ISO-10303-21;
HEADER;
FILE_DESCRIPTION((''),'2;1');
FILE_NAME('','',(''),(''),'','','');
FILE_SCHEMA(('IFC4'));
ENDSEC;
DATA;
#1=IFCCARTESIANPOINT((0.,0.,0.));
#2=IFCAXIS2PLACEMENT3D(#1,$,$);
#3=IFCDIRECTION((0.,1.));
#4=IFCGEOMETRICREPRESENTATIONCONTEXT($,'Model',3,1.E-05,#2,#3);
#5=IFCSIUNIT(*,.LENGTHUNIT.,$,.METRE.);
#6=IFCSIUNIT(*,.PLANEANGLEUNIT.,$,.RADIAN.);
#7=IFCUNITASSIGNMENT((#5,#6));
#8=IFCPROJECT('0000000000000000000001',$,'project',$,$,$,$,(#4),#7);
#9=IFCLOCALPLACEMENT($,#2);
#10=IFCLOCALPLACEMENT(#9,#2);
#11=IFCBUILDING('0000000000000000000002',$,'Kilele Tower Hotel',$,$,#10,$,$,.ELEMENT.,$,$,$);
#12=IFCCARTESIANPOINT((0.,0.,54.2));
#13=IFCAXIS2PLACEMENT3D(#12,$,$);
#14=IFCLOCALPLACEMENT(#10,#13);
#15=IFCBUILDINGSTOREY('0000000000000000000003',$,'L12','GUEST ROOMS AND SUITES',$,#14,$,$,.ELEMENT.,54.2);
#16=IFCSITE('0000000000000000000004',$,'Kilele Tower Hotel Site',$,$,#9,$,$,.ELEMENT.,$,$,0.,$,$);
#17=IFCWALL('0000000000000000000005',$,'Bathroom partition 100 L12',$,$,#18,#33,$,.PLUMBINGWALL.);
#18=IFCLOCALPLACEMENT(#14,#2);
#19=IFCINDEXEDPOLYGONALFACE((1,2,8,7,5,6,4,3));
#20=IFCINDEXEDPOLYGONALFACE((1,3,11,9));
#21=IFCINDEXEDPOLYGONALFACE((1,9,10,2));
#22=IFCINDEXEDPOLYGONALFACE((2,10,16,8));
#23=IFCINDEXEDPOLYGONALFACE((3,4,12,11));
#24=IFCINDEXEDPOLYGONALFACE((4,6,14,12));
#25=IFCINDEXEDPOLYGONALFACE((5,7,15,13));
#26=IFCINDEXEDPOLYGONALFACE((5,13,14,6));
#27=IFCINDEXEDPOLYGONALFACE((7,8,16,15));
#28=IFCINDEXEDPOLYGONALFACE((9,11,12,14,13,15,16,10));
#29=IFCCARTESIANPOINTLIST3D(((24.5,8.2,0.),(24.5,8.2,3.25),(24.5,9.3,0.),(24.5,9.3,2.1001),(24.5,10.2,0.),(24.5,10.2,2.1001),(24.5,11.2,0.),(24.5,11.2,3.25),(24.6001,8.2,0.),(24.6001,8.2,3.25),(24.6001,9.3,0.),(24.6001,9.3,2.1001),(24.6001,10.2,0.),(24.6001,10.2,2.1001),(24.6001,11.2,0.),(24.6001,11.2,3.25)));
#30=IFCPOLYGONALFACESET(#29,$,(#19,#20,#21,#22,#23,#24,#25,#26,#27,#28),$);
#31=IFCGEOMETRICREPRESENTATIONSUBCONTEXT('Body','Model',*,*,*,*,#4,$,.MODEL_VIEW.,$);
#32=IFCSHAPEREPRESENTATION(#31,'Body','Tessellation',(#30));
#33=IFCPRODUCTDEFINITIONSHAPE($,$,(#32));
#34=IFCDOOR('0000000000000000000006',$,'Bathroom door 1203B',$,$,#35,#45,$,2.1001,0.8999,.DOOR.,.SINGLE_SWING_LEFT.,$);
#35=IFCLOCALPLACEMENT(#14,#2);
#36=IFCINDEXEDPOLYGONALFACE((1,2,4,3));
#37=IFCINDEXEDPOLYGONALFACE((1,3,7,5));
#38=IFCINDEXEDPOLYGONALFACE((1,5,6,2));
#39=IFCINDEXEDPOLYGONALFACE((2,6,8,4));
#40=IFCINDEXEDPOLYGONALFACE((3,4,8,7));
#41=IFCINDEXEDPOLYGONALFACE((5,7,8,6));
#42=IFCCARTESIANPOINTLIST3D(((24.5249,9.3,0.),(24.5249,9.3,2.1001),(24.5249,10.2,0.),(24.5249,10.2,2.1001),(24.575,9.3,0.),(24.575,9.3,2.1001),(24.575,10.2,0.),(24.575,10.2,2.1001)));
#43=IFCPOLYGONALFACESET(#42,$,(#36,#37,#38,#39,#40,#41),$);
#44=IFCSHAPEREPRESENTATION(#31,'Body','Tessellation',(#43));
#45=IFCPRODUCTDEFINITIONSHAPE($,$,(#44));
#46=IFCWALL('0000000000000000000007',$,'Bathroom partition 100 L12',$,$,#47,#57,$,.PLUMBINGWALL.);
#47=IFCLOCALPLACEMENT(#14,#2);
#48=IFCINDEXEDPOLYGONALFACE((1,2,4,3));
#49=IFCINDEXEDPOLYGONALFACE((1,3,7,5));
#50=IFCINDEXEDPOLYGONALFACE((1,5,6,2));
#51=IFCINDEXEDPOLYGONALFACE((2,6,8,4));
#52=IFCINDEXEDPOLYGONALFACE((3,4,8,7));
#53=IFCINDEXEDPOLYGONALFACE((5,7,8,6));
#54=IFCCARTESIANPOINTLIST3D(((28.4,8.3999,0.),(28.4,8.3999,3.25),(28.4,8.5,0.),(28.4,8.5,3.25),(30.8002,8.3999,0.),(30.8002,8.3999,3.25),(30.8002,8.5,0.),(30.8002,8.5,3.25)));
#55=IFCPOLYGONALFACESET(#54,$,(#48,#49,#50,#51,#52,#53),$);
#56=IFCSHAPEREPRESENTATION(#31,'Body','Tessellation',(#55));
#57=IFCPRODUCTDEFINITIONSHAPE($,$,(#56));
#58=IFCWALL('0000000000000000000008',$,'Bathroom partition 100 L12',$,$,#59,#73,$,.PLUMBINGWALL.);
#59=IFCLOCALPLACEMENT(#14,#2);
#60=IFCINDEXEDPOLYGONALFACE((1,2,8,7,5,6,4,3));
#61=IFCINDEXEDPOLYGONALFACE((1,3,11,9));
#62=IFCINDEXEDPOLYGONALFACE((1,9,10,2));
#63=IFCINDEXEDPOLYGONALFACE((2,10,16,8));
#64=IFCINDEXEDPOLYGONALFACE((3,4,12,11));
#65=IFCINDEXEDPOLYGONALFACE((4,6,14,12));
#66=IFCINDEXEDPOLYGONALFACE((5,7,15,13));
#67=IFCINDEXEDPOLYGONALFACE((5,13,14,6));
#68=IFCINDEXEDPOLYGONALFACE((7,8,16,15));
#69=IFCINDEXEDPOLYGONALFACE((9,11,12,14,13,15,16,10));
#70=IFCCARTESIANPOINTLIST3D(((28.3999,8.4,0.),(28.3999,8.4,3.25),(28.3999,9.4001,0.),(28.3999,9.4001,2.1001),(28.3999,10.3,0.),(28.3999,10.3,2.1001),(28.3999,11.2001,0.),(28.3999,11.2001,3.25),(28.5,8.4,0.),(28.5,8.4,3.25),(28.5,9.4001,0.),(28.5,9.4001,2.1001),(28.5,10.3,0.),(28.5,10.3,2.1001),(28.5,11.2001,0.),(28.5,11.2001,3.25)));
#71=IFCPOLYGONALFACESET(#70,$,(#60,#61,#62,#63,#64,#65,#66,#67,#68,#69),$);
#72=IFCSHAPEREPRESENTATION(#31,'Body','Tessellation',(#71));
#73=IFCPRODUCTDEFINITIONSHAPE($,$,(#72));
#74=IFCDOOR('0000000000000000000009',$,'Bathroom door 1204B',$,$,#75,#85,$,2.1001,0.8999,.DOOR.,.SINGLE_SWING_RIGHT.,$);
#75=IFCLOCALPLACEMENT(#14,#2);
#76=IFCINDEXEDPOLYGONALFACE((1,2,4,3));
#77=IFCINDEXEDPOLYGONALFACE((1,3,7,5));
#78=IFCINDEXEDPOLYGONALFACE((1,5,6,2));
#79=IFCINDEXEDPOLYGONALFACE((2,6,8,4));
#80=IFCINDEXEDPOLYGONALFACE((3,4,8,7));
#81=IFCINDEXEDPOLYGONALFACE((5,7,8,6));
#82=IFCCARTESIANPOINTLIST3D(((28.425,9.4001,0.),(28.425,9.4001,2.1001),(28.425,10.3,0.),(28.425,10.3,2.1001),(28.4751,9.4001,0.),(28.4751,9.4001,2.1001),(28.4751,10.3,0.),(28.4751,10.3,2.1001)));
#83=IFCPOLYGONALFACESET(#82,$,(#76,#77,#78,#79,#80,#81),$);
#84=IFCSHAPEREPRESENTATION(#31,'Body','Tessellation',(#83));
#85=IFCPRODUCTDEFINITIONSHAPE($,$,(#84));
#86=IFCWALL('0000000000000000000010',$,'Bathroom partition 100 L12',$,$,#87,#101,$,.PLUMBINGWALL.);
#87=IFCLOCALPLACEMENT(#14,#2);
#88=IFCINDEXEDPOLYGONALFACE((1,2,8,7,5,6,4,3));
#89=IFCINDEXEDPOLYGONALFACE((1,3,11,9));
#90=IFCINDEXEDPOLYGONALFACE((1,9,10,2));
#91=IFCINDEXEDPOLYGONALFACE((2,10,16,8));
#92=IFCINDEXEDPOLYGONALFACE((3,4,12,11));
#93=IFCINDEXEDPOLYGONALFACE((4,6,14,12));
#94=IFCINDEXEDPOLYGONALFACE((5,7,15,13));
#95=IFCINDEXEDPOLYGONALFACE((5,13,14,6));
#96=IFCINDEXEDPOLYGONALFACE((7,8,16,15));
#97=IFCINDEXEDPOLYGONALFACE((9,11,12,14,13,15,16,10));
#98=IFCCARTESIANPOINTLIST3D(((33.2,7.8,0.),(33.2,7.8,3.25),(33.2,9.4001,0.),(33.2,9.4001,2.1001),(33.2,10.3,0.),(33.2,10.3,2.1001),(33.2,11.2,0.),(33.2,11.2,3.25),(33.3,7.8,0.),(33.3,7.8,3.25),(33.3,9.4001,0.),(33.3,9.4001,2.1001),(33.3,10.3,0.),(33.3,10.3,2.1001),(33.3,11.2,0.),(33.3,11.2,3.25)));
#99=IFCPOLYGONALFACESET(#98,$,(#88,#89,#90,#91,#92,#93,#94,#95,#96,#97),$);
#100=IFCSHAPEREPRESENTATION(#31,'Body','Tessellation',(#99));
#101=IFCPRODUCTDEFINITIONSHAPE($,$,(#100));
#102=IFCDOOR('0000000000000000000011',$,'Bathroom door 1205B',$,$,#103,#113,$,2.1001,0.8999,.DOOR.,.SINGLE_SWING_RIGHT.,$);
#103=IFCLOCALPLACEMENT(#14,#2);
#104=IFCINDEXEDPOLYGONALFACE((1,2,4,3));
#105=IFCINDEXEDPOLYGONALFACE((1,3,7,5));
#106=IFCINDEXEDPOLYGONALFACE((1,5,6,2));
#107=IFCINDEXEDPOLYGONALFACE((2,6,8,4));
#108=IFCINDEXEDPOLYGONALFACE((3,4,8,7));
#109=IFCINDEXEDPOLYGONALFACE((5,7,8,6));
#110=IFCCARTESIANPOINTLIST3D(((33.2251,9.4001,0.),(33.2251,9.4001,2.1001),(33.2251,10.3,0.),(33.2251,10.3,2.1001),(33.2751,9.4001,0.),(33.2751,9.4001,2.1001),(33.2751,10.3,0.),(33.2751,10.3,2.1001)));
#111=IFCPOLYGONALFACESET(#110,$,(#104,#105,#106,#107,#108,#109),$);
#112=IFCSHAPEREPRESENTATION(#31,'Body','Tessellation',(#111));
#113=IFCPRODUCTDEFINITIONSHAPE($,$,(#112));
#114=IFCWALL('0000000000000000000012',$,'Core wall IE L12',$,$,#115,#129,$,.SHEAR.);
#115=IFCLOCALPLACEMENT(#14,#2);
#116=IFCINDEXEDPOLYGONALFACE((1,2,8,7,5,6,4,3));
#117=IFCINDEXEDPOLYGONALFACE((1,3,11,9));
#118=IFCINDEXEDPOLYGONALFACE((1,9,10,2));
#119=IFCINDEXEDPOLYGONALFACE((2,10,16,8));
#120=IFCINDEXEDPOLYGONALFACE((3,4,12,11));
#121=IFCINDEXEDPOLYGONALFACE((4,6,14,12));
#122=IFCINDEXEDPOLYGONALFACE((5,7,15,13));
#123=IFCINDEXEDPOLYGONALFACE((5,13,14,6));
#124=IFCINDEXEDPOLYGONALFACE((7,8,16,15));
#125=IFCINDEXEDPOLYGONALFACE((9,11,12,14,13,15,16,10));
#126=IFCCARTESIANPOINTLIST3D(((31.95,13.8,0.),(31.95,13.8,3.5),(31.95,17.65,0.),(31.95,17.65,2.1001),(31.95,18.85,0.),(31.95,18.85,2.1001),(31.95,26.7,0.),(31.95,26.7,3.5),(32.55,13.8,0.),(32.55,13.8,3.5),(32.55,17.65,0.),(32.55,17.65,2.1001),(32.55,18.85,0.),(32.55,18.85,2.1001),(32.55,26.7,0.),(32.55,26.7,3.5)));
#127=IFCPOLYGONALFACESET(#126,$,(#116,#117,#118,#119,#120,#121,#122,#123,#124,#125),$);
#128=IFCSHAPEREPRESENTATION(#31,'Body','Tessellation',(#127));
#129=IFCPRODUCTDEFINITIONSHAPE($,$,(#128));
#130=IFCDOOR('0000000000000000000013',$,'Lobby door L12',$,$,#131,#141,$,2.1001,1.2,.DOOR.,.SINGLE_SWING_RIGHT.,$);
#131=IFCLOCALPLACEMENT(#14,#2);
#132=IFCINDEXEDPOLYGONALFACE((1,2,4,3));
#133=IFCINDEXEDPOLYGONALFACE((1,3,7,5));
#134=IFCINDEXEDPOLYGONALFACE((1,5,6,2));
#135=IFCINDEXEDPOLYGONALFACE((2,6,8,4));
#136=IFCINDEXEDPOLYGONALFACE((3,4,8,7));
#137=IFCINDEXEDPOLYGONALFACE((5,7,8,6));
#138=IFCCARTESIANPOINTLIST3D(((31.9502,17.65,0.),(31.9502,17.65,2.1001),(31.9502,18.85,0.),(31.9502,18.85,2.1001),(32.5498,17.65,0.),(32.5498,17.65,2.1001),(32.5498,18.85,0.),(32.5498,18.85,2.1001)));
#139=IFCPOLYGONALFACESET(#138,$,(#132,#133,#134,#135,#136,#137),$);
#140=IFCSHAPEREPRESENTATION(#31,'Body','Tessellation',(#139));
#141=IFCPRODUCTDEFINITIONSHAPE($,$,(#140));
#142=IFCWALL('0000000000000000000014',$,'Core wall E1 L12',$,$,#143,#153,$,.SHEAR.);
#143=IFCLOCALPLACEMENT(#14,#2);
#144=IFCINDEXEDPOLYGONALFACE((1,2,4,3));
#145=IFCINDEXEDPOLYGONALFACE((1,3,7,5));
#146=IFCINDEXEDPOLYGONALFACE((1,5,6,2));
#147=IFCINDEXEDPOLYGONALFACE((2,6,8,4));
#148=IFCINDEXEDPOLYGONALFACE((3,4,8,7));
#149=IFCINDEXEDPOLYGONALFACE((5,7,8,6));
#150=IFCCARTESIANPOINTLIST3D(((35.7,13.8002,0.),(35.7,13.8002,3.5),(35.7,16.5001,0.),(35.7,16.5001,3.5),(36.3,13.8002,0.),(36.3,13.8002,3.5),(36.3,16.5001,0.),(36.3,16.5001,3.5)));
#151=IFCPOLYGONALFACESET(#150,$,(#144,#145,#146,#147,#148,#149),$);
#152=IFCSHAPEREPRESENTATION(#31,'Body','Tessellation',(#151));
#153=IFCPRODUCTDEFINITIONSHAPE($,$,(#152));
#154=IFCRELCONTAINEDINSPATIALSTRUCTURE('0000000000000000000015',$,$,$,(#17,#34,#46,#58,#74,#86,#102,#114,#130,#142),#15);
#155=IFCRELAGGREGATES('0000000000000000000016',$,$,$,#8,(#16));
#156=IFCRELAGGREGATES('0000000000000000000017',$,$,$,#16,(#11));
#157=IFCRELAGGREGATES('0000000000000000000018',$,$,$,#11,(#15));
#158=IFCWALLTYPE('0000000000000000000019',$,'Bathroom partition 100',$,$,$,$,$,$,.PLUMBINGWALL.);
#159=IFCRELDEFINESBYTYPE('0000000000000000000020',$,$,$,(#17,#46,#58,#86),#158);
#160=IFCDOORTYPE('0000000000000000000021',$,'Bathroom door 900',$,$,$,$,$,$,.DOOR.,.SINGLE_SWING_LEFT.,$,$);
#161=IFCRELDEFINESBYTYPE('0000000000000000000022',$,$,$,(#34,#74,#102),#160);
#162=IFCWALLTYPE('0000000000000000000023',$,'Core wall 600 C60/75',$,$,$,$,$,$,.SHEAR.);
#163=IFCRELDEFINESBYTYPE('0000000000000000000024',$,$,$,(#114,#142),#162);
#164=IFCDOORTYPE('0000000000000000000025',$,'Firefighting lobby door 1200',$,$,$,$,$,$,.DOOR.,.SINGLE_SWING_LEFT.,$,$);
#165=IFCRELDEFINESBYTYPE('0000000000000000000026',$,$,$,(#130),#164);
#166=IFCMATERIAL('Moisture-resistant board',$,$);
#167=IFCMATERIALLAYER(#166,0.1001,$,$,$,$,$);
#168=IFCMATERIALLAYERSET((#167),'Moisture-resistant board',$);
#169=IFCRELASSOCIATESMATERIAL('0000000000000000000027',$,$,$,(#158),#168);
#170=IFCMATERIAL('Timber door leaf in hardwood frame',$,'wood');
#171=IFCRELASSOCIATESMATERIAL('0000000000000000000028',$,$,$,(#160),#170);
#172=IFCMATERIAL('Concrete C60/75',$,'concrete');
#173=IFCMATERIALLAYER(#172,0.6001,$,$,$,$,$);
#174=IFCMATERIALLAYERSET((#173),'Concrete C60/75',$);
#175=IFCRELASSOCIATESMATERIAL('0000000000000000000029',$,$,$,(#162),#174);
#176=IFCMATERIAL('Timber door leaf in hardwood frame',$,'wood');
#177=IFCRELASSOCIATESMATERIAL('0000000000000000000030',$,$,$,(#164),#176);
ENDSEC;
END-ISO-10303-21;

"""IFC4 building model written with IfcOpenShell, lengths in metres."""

from ifc_helpers import new_model, si_unit, direction, frame, frame_2d, origin, place, context, subcontext, project, spatial, rectangle, extrude, material, layer, layer_set, type_object, element, fill, save


model = new_model("IFC4")

# Units and contexts
model_context = context("Model", 3, precision=1e-05, world=origin(), true_north=direction((0.0, 1.0)))
body_context = subcontext(model_context, "Body", "Model", "MODEL_VIEW")
ifc_project = project(units=[si_unit("LENGTHUNIT", "METRE"), si_unit("PLANEANGLEUNIT", "RADIAN")], contexts=[model_context])

# Site, building, storey
site_placement = place(None, origin())
site = spatial("IfcSite", under=ifc_project, at=site_placement, Name="Kilele Tower Hotel Site", CompositionType="ELEMENT", RefElevation=0.0)
building_placement = place(site_placement, origin())
building = spatial("IfcBuilding", under=site, at=building_placement, Name="Kilele Tower Hotel", CompositionType="ELEMENT")
storey_placement = place(building_placement, frame((0.0, 0.0, 54.2)))
storey = spatial("IfcBuildingStorey", under=building, at=storey_placement, Name="L12", Description="GUEST ROOMS AND SUITES", CompositionType="ELEMENT", Elevation=54.2)

# Wall, opening, door
ifc_material_1 = material(Name="Moisture-resistant board")
ifc_layer_1 = layer(ifc_material_1, 0.1001)
ifc_layer_set_1 = layer_set([ifc_layer_1], Name="Moisture-resistant board")
wall_type_1 = type_object("IfcWallType", Name="Bathroom partition 100", PredefinedType="PLUMBINGWALL", material=ifc_layer_set_1)
wall_1_placement = place(storey_placement, frame((24.55, 11.2, 0.0), z_axis=(0.0, 0.0, 1.0), x_axis=(0.0, -1.0, 0.0)))
wall_1 = element("IfcWall", 1, at=wall_1_placement, inside=storey, type_object=wall_type_1, Name="Bathroom partition 100 L12", PredefinedType="PLUMBINGWALL", context=body_context, shape_type="SweptSolid", body=[
    extrude(rectangle(XDim=3.0, YDim=0.1001, at=frame_2d((1.5, 0.0))), origin(), (0.0, 0.0, 1.0), 3.25),
])
opening_1_placement = place(wall_1_placement, frame((1.0, 0.0, 0.0)))
opening_1 = element("IfcOpeningElement", 2, at=opening_1_placement, cuts=wall_1, PredefinedType="OPENING", context=body_context, shape_type="SweptSolid", body=[
    extrude(rectangle(XDim=0.8999, YDim=2.1001, at=frame_2d((0.45, 1.05))), frame((0.0, 0.0601, 0.0), z_axis=(0.0, -1.0, 0.0), x_axis=(1.0, 0.0, 0.0)), (0.0, 0.0, 1.0), 0.1201),
])
ifc_material_2 = material(Name="Timber door leaf in hardwood frame", Category="wood")
door_type_1 = type_object("IfcDoorType", Name="Bathroom door 900", OperationType="SINGLE_SWING_LEFT", PredefinedType="DOOR", material=ifc_material_2)
door_1_placement = place(opening_1_placement, origin())
door_1 = element("IfcDoor", 3, at=door_1_placement, inside=storey, type_object=door_type_1, Name="Bathroom door 1203B", OperationType="SINGLE_SWING_LEFT", OverallHeight=2.1001, OverallWidth=0.8999, PredefinedType="DOOR", context=body_context, shape_type="SweptSolid", body=[
    extrude(rectangle(XDim=0.8999, YDim=2.1001, at=frame_2d((0.45, 1.05))), frame((0.0, 0.0249, 0.0), z_axis=(0.0, -1.0, 0.0), x_axis=(1.0, 0.0, 0.0)), (0.0, 0.0, 1.0), 0.05),
])
fill(opening_1, door_1)

# Wall
wall_2_placement = place(storey_placement, frame((28.3999, 8.45, 0.0), z_axis=(0.0, 0.0, 1.0), x_axis=(1.0, 0.0, 0.0)))
element("IfcWall", 4, at=wall_2_placement, inside=storey, type_object=wall_type_1, Name="Bathroom partition 100 L12", PredefinedType="PLUMBINGWALL", context=body_context, shape_type="SweptSolid", body=[
    extrude(rectangle(XDim=2.4001, YDim=0.1001, at=frame_2d((1.2002, 0.0))), origin(), (0.0, 0.0, 1.0), 3.25),
])

# Walls, openings, doors
wall_3_placement = place(storey_placement, frame((28.45, 11.2, 0.0), z_axis=(0.0, 0.0, 1.0), x_axis=(0.0, -1.0, 0.0)))
wall_3 = element("IfcWall", 5, at=wall_3_placement, inside=storey, type_object=wall_type_1, Name="Bathroom partition 100 L12", PredefinedType="PLUMBINGWALL", context=body_context, shape_type="SweptSolid", body=[
    extrude(rectangle(XDim=2.8, YDim=0.1001, at=frame_2d((1.3999, 0.0))), origin(), (0.0, 0.0, 1.0), 3.25),
])
opening_2_placement = place(wall_3_placement, frame((1.7998, 0.0, 0.0), z_axis=(0.0, 0.0, 1.0), x_axis=(-1.0, 0.0, 0.0)))
opening_2 = element("IfcOpeningElement", 6, at=opening_2_placement, cuts=wall_3, PredefinedType="OPENING", context=body_context, shape_type="SweptSolid", body=[
    extrude(rectangle(XDim=0.8999, YDim=2.1001, at=frame_2d((0.45, 1.05))), frame((0.0, 0.0601, 0.0), z_axis=(0.0, -1.0, 0.0), x_axis=(1.0, 0.0, 0.0)), (0.0, 0.0, 1.0), 0.1201),
])
door_2_placement = place(opening_2_placement, origin())
door_2 = element("IfcDoor", 7, at=door_2_placement, inside=storey, type_object=door_type_1, Name="Bathroom door 1204B", OperationType="SINGLE_SWING_RIGHT", OverallHeight=2.1001, OverallWidth=0.8999, PredefinedType="DOOR", context=body_context, shape_type="SweptSolid", body=[
    extrude(rectangle(XDim=0.8999, YDim=2.1001, at=frame_2d((0.45, 1.05))), frame((0.0, 0.0249, 0.0), z_axis=(0.0, -1.0, 0.0), x_axis=(1.0, 0.0, 0.0)), (0.0, 0.0, 1.0), 0.05),
])
fill(opening_2, door_2)
wall_4_placement = place(storey_placement, frame((33.25, 11.2, 0.0), z_axis=(0.0, 0.0, 1.0), x_axis=(0.0, -1.0, 0.0)))
wall_4 = element("IfcWall", 8, at=wall_4_placement, inside=storey, type_object=wall_type_1, Name="Bathroom partition 100 L12", PredefinedType="PLUMBINGWALL", context=body_context, shape_type="SweptSolid", body=[
    extrude(rectangle(XDim=3.3999, YDim=0.1001, at=frame_2d((1.7, 0.0))), origin(), (0.0, 0.0, 1.0), 3.25),
])
opening_3_placement = place(wall_4_placement, frame((1.7998, 0.0, 0.0), z_axis=(0.0, 0.0, 1.0), x_axis=(-1.0, 0.0, 0.0)))
opening_3 = element("IfcOpeningElement", 9, at=opening_3_placement, cuts=wall_4, PredefinedType="OPENING", context=body_context, shape_type="SweptSolid", body=[
    extrude(rectangle(XDim=0.8999, YDim=2.1001, at=frame_2d((0.45, 1.05))), frame((0.0, 0.0601, 0.0), z_axis=(0.0, -1.0, 0.0), x_axis=(1.0, 0.0, 0.0)), (0.0, 0.0, 1.0), 0.1201),
])
door_3_placement = place(opening_3_placement, origin())
door_3 = element("IfcDoor", 10, at=door_3_placement, inside=storey, type_object=door_type_1, Name="Bathroom door 1205B", OperationType="SINGLE_SWING_RIGHT", OverallHeight=2.1001, OverallWidth=0.8999, PredefinedType="DOOR", context=body_context, shape_type="SweptSolid", body=[
    extrude(rectangle(XDim=0.8999, YDim=2.1001, at=frame_2d((0.45, 1.05))), frame((0.0, 0.0249, 0.0), z_axis=(0.0, -1.0, 0.0), x_axis=(1.0, 0.0, 0.0)), (0.0, 0.0, 1.0), 0.05),
])
fill(opening_3, door_3)
ifc_material_3 = material(Name="Concrete C60/75", Category="concrete")
ifc_layer_2 = layer(ifc_material_3, 0.6001)
ifc_layer_set_2 = layer_set([ifc_layer_2], Name="Concrete C60/75")
wall_type_2 = type_object("IfcWallType", Name="Core wall 600 C60/75", PredefinedType="SHEAR", material=ifc_layer_set_2)
wall_5_placement = place(storey_placement, frame((32.25, 13.8, 0.0), z_axis=(0.0, 0.0, 1.0), x_axis=(0.0, 1.0, 0.0)))
wall_5 = element("IfcWall", 11, at=wall_5_placement, inside=storey, type_object=wall_type_2, Name="Core wall IE L12", PredefinedType="SHEAR", context=body_context, shape_type="SweptSolid", body=[
    extrude(rectangle(XDim=12.8999, YDim=0.6001, at=frame_2d((6.45, 0.0))), origin(), (0.0, 0.0, 1.0), 3.5),
])
opening_4_placement = place(wall_5_placement, frame((5.05, 0.0, 0.0), z_axis=(0.0, 0.0, 1.0), x_axis=(-1.0, 0.0, 0.0)))
opening_4 = element("IfcOpeningElement", 12, at=opening_4_placement, cuts=wall_5, PredefinedType="OPENING", context=body_context, shape_type="SweptSolid", body=[
    extrude(rectangle(XDim=1.2, YDim=2.1001, at=frame_2d((0.6001, 1.05))), frame((0.0, 0.3101, 0.0), z_axis=(0.0, -1.0, 0.0), x_axis=(1.0, 0.0, 0.0)), (0.0, 0.0, 1.0), 0.6201),
])
ifc_material_4 = material(Name="Timber door leaf in hardwood frame", Category="wood")
door_type_2 = type_object("IfcDoorType", Name="Firefighting lobby door 1200", OperationType="SINGLE_SWING_LEFT", PredefinedType="DOOR", material=ifc_material_4)
door_4_placement = place(opening_4_placement, origin())
door_4 = element("IfcDoor", 13, at=door_4_placement, inside=storey, type_object=door_type_2, Name="Lobby door L12", OperationType="SINGLE_SWING_RIGHT", OverallHeight=2.1001, OverallWidth=1.2, PredefinedType="DOOR", context=body_context, shape_type="SweptSolid", body=[
    extrude(rectangle(XDim=1.2, YDim=2.1001, at=frame_2d((0.6001, 1.05))), frame((0.0, 0.2998, 0.0), z_axis=(0.0, -1.0, 0.0), x_axis=(1.0, 0.0, 0.0)), (0.0, 0.0, 1.0), 0.5996),
])
fill(opening_4, door_4)

# Wall
wall_6_placement = place(storey_placement, frame((36.0, 13.8, 0.0), z_axis=(0.0, 0.0, 1.0), x_axis=(0.0, 1.0, 0.0)))
element("IfcWall", 14, at=wall_6_placement, inside=storey, type_object=wall_type_2, Name="Core wall E1 L12", PredefinedType="SHEAR", context=body_context, shape_type="SweptSolid", body=[
    extrude(rectangle(XDim=2.7, YDim=0.6001, at=frame_2d((1.3501, 0.0))), origin(), (0.0, 0.0, 1.0), 3.5),
])

save(model, "model.ifc")
